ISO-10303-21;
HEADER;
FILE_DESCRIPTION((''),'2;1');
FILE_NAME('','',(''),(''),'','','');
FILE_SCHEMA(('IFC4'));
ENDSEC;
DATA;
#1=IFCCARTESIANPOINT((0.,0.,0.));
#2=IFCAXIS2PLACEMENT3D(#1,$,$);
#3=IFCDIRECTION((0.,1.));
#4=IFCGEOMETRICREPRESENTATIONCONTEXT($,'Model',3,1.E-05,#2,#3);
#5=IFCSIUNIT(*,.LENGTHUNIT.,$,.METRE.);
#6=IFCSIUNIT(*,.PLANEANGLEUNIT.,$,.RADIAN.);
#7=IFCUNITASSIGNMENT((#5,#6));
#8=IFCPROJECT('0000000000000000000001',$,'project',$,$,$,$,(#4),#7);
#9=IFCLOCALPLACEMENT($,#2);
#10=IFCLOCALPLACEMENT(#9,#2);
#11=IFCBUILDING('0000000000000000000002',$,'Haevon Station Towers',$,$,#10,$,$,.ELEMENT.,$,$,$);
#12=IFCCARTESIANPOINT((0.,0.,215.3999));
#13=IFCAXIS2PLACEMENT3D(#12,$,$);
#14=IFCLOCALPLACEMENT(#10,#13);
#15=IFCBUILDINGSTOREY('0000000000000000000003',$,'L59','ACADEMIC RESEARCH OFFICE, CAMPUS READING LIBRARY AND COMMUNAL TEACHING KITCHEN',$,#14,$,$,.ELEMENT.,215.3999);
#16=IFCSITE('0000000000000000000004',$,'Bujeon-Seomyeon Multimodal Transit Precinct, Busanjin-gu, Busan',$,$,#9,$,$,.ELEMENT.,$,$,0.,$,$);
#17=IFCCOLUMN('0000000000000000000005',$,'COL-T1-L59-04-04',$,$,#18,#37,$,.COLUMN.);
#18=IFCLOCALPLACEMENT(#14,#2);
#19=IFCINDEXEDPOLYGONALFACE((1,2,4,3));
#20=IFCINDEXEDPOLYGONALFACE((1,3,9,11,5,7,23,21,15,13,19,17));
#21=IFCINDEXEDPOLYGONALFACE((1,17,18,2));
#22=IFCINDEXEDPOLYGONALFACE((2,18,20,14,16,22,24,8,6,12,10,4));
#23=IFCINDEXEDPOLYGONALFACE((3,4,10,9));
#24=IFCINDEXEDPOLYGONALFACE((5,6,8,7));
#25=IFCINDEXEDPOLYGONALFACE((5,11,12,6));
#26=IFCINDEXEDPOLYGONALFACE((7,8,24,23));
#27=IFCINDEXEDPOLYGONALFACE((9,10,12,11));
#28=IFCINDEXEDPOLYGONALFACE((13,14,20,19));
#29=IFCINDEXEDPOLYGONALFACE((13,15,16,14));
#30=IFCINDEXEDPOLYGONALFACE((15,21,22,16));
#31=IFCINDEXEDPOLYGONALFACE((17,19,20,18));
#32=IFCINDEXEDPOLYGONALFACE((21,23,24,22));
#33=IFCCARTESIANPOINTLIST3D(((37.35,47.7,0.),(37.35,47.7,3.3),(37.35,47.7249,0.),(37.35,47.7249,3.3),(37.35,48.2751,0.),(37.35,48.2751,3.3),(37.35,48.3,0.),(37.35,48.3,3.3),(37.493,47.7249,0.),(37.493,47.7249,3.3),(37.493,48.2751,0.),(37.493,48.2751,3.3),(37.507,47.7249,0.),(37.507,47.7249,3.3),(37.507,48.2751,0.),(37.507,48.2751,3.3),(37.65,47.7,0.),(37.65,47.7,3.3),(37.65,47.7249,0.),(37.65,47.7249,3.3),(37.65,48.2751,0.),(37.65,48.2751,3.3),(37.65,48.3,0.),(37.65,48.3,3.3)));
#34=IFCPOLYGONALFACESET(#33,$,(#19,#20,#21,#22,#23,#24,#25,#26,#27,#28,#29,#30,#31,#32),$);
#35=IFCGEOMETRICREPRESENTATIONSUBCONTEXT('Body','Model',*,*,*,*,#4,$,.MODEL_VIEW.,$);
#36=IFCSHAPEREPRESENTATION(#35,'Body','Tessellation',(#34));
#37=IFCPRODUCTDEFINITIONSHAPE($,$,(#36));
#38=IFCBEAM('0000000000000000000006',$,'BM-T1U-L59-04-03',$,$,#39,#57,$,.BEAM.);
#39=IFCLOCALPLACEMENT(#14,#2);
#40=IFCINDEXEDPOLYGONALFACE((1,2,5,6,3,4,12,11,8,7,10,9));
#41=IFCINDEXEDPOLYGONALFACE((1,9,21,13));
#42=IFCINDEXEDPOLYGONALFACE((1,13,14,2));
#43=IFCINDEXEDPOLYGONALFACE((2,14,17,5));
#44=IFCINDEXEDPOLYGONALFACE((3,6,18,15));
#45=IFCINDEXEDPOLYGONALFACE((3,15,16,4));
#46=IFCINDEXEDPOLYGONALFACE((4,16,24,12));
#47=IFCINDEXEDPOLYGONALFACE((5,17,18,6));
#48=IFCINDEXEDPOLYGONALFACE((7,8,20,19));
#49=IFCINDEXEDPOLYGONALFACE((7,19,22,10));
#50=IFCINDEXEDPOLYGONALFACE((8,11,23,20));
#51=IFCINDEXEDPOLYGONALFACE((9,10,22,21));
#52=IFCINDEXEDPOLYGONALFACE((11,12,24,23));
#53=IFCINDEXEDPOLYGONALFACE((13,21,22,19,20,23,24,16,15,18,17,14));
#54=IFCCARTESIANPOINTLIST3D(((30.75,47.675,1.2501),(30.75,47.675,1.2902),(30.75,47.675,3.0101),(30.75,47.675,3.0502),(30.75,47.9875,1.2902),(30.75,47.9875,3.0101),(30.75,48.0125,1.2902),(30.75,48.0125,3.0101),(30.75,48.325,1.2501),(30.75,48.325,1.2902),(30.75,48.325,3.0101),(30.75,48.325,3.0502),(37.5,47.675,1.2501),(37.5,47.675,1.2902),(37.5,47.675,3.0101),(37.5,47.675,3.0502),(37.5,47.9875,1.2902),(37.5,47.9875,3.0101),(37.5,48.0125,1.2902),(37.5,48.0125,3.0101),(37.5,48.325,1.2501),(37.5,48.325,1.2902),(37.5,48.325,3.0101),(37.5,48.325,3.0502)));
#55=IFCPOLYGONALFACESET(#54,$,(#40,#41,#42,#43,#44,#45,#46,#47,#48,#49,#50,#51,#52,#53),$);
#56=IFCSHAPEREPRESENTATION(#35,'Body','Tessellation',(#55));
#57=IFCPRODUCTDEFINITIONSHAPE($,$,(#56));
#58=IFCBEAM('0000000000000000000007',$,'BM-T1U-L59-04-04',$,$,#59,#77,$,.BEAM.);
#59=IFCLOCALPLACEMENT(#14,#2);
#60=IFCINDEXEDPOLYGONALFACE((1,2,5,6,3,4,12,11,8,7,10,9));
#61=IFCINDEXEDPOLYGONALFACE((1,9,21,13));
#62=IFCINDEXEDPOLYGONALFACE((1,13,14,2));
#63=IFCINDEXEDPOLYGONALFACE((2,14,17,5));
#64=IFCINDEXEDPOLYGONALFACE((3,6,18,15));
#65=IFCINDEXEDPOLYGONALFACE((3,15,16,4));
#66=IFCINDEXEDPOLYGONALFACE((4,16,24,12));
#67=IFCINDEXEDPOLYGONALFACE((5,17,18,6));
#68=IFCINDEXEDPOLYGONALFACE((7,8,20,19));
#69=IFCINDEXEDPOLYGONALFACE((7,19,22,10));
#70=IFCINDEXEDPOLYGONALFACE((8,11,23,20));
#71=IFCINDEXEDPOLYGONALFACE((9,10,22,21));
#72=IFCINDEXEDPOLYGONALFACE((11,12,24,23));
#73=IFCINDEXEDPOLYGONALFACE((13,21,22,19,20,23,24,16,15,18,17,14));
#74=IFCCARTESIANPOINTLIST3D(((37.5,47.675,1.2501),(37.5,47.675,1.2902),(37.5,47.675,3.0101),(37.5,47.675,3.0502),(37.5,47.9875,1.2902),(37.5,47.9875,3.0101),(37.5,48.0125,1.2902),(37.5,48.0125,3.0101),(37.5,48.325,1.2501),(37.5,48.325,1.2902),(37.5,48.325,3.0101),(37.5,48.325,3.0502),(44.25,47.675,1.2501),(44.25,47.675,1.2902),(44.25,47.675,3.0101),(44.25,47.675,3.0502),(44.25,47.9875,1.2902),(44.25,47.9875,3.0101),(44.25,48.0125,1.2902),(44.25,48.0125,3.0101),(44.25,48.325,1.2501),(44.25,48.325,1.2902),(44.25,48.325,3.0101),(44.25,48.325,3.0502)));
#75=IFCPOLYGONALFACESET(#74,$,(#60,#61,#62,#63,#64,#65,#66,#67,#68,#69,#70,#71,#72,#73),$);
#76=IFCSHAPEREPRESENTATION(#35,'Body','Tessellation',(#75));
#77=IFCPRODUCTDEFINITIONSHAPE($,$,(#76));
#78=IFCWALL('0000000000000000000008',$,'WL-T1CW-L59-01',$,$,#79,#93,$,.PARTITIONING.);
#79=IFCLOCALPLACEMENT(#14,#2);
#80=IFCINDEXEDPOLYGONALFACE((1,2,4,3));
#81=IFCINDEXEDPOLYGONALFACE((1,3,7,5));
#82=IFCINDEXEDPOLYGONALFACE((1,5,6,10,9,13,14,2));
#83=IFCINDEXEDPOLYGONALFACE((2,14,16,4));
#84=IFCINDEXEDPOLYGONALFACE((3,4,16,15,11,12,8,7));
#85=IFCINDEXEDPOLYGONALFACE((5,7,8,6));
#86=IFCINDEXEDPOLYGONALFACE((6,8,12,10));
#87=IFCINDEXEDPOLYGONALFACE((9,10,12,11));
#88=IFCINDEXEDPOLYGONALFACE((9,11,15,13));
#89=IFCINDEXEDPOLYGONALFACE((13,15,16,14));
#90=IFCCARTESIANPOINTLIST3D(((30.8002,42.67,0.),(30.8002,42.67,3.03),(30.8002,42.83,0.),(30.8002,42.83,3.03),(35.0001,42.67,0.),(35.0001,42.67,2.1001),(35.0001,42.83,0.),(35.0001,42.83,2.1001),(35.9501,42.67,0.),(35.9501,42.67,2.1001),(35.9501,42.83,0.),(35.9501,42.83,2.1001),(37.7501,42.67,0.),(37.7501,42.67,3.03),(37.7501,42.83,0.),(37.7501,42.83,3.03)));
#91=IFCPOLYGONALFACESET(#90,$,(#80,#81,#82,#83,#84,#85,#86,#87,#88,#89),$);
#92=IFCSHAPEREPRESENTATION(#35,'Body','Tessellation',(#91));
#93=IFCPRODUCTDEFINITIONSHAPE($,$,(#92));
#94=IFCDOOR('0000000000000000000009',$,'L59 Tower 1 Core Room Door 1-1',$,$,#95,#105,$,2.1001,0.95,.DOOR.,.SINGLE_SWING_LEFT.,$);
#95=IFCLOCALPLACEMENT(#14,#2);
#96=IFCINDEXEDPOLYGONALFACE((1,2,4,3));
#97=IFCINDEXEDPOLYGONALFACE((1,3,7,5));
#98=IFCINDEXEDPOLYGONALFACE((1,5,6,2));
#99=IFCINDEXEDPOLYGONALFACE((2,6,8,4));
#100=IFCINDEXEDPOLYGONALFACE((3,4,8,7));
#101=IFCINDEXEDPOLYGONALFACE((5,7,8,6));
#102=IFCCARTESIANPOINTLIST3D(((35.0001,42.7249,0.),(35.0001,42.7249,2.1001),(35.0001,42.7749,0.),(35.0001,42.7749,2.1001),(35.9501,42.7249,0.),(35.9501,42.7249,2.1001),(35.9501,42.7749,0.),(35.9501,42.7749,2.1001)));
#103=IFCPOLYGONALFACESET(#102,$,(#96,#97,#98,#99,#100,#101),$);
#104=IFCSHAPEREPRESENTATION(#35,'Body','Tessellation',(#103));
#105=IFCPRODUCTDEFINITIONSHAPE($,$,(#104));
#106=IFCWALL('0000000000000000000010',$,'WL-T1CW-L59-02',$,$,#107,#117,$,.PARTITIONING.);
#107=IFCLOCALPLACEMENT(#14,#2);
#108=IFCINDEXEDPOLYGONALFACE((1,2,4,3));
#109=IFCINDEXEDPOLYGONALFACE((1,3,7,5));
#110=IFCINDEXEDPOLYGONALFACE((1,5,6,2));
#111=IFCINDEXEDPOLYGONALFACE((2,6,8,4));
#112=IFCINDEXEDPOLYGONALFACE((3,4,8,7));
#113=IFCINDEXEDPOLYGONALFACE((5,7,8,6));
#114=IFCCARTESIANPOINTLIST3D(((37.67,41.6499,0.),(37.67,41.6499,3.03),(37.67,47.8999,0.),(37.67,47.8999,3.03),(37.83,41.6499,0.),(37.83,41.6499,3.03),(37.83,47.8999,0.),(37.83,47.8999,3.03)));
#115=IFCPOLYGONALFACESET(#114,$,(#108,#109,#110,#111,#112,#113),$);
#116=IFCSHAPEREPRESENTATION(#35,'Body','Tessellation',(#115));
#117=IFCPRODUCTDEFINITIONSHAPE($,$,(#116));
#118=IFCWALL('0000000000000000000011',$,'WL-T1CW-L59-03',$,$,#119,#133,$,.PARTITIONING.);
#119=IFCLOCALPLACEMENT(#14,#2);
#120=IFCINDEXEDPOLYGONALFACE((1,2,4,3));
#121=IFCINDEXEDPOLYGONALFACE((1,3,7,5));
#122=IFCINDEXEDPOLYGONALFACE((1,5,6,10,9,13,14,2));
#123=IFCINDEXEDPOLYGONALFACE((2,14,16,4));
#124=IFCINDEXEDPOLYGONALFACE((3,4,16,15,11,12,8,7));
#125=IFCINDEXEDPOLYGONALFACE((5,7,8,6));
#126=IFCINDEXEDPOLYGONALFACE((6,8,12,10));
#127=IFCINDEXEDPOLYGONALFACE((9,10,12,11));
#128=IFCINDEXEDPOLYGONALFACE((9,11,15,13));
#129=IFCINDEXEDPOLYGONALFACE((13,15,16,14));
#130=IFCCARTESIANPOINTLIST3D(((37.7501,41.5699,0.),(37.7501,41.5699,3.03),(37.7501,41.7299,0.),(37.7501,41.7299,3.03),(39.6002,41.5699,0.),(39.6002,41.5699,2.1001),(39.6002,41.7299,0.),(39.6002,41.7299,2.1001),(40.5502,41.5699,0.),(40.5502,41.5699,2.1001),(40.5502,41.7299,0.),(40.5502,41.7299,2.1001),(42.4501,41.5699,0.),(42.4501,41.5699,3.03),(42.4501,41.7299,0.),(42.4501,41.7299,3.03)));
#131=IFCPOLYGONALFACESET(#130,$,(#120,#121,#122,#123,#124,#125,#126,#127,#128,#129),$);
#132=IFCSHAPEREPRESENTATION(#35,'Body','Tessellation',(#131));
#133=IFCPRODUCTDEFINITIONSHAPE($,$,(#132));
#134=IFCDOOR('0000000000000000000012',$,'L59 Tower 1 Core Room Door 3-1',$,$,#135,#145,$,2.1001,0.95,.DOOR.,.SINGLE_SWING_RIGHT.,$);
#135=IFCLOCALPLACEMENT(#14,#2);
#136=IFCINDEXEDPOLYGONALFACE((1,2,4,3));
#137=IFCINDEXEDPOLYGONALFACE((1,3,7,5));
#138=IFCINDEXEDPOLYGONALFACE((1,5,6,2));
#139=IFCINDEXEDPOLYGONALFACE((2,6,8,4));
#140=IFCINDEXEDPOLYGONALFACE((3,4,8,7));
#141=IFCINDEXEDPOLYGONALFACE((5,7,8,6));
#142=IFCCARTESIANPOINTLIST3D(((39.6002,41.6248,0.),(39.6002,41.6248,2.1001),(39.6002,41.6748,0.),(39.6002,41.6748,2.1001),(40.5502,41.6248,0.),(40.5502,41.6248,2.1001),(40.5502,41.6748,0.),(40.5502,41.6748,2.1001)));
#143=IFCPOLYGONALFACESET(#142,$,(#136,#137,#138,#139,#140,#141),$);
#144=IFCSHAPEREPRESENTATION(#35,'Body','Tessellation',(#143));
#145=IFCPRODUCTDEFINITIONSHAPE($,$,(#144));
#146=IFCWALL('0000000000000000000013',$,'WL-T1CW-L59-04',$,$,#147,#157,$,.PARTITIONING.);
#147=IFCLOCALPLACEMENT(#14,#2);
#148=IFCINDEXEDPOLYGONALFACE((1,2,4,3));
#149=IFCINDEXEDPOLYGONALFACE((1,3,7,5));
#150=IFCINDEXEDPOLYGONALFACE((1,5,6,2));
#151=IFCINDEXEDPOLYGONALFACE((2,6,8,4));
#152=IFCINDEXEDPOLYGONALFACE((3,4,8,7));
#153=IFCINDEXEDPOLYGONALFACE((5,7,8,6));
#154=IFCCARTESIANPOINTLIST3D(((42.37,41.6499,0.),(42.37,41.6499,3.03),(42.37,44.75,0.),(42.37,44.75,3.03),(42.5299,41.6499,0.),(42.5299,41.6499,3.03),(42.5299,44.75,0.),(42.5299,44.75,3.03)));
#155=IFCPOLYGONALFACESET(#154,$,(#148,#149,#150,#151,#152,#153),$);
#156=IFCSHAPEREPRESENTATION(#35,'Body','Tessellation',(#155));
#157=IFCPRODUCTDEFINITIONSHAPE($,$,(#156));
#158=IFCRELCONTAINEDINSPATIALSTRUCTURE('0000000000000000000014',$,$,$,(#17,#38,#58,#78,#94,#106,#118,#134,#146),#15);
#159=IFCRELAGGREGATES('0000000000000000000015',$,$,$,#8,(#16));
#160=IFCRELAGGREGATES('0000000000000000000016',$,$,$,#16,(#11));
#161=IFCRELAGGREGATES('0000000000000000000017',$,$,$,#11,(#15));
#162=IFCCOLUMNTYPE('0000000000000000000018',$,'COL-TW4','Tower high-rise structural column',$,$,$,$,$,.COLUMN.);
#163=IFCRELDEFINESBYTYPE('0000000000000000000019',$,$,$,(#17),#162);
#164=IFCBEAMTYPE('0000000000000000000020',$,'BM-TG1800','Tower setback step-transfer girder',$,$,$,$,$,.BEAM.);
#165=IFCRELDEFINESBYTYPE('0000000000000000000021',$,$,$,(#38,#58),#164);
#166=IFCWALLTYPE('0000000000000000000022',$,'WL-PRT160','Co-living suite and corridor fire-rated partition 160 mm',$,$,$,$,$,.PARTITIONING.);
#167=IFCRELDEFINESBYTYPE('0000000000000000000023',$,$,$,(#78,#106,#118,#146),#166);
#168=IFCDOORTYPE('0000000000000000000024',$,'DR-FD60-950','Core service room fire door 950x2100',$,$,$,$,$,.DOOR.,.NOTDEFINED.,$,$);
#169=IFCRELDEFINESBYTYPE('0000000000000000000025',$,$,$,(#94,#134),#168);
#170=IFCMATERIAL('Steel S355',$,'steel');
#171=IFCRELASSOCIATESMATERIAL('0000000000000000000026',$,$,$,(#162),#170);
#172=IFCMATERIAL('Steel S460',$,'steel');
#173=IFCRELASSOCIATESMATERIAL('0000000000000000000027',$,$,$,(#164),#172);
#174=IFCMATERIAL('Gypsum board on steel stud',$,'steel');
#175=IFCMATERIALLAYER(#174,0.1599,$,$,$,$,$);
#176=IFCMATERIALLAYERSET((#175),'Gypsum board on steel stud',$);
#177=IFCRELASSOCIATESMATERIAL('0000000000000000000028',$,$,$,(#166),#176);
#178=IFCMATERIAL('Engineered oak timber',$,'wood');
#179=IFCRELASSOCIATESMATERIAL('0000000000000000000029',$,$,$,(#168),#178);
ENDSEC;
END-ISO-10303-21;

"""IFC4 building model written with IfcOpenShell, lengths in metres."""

from ifc_helpers import new_model, si_unit, direction, frame, frame_2d, origin, origin_2d, place, context, subcontext, project, spatial, rectangle, i_section, extrude, material, layer, layer_set, material_profile, profile_set, type_object, element, fill, save


model = new_model("IFC4")

# Units and contexts
model_context = context("Model", 3, precision=1e-05, world=origin(), true_north=direction((0.0, 1.0)))
body_context = subcontext(model_context, "Body", "Model", "MODEL_VIEW")
ifc_project = project(units=[si_unit("LENGTHUNIT", "METRE"), si_unit("PLANEANGLEUNIT", "RADIAN")], contexts=[model_context])

# Site, building, storey
site_placement = place(None, origin())
site = spatial("IfcSite", under=ifc_project, at=site_placement, Name="Bujeon-Seomyeon Multimodal Transit Precinct, Busanjin-gu, Busan", CompositionType="ELEMENT", RefElevation=0.0)
building_placement = place(site_placement, origin())
building = spatial("IfcBuilding", under=site, at=building_placement, Name="Haevon Station Towers", CompositionType="ELEMENT")
storey_placement = place(building_placement, frame((0.0, 0.0, 215.3999)))
storey = spatial("IfcBuildingStorey", under=building, at=storey_placement, Name="L59", Description="ACADEMIC RESEARCH OFFICE, CAMPUS READING LIBRARY AND COMMUNAL TEACHING KITCHEN", CompositionType="ELEMENT", Elevation=215.3999)

# Column
ifc_material_1 = material(Name="Steel S355", Category="steel")
ifc_material_profile_1 = material_profile(ifc_material_1, i_section(OverallWidth=0.3, OverallDepth=0.6001, WebThickness=0.0139, FlangeThickness=0.0249, at=origin_2d()), Name="H-600x300x14x25")
ifc_profile_set_1 = profile_set([ifc_material_profile_1], Name="Steel S355")
column_type = type_object("IfcColumnType", Name="COL-TW4", Description="Tower high-rise structural column", PredefinedType="COLUMN", material=ifc_profile_set_1)
column_placement = place(storey_placement, frame((37.5, 48.0, 0.0), z_axis=(0.0, 0.0, 1.0), x_axis=(1.0, 0.0, 0.0)))
element("IfcColumn", 1, at=column_placement, inside=storey, type_object=column_type, Name="COL-T1-L59-04-04", PredefinedType="COLUMN", context=body_context, shape_type="SweptSolid", body=[
    extrude(i_section(OverallWidth=0.3, OverallDepth=0.6001, WebThickness=0.0139, FlangeThickness=0.0249, at=origin_2d()), origin(), (0.0, 0.0, 1.0), 3.3),
])

# Beams
ifc_material_2 = material(Name="Steel S460", Category="steel")
ifc_material_profile_2 = material_profile(ifc_material_2, i_section(OverallWidth=0.6499, OverallDepth=1.8, WebThickness=0.0249, FlangeThickness=0.04, at=origin_2d()), Name="H-1800x650x25x40")
ifc_profile_set_2 = profile_set([ifc_material_profile_2], Name="Steel S460")
beam_type = type_object("IfcBeamType", Name="BM-TG1800", Description="Tower setback step-transfer girder", PredefinedType="BEAM", material=ifc_profile_set_2)
for number, where, z_axis, x_axis, name in (
    (2, (30.75, 48.0, 2.1501), (1.0, 0.0, 0.0), (0.0, 1.0, 0.0), "BM-T1U-L59-04-03"),
    (3, (37.5, 48.0, 2.1501), (1.0, 0.0, 0.0), (0.0, 1.0, 0.0), "BM-T1U-L59-04-04"),
):
    element("IfcBeam", number, at=place(storey_placement, frame(where, z_axis=z_axis, x_axis=x_axis)), inside=storey, type_object=beam_type, Name=name, PredefinedType="BEAM", context=body_context, shape_type="SweptSolid", body=[
        extrude(i_section(OverallWidth=0.6499, OverallDepth=1.8, WebThickness=0.0249, FlangeThickness=0.04, at=origin_2d()), origin(), (0.0, 0.0, 1.0), 6.75),
    ])

# Wall, opening, door
ifc_material_3 = material(Name="Gypsum board on steel stud", Category="steel")
ifc_layer_1 = layer(ifc_material_3, 0.1599)
ifc_layer_set_1 = layer_set([ifc_layer_1], Name="Gypsum board on steel stud")
wall_type_1 = type_object("IfcWallType", Name="WL-PRT160", Description="Co-living suite and corridor fire-rated partition 160 mm", PredefinedType="PARTITIONING", material=ifc_layer_set_1)
wall_1_placement = place(storey_placement, frame((30.8, 42.75, 0.0), z_axis=(0.0, 0.0, 1.0), x_axis=(1.0, 0.0, 0.0)))
wall_1 = element("IfcWall", 4, at=wall_1_placement, inside=storey, type_object=wall_type_1, Name="WL-T1CW-L59-01", PredefinedType="PARTITIONING", context=body_context, shape_type="SweptSolid", body=[
    extrude(rectangle(XDim=6.95, YDim=0.1599, at=frame_2d((3.4751, 0.0))), origin(), (0.0, 0.0, 1.0), 3.03),
])
opening_1_placement = place(wall_1_placement, frame((4.2, 0.0, 0.0)))
opening_1 = element("IfcOpeningElement", 5, at=opening_1_placement, cuts=wall_1, PredefinedType="OPENING", context=body_context, shape_type="SweptSolid", body=[
    extrude(rectangle(XDim=0.95, YDim=2.1001, at=frame_2d((0.4751, 1.05))), frame((0.0, 0.0898, 0.0), z_axis=(0.0, -1.0, 0.0), x_axis=(1.0, 0.0, 0.0)), (0.0, 0.0, 1.0), 0.1799),
])
ifc_material_4 = material(Name="Engineered oak timber", Category="wood")
door_type_1 = type_object("IfcDoorType", Name="DR-FD60-950", Description="Core service room fire door 950x2100", OperationType="NOTDEFINED", PredefinedType="DOOR", material=ifc_material_4)
door_1_placement = place(opening_1_placement, origin())
door_1 = element("IfcDoor", 6, at=door_1_placement, inside=storey, type_object=door_type_1, Name="L59 Tower 1 Core Room Door 1-1", OperationType="SINGLE_SWING_LEFT", OverallHeight=2.1001, OverallWidth=0.95, PredefinedType="DOOR", context=body_context, shape_type="SweptSolid", body=[
    extrude(rectangle(XDim=0.95, YDim=2.1001, at=frame_2d((0.4751, 1.05))), frame((0.0, 0.0249, 0.0), z_axis=(0.0, -1.0, 0.0), x_axis=(1.0, 0.0, 0.0)), (0.0, 0.0, 1.0), 0.05),
])
fill(opening_1, door_1)

# Wall
wall_2_placement = place(storey_placement, frame((37.75, 41.6499, 0.0), z_axis=(0.0, 0.0, 1.0), x_axis=(0.0, 1.0, 0.0)))
element("IfcWall", 7, at=wall_2_placement, inside=storey, type_object=wall_type_1, Name="WL-T1CW-L59-02", PredefinedType="PARTITIONING", context=body_context, shape_type="SweptSolid", body=[
    extrude(rectangle(XDim=6.25, YDim=0.1599, at=frame_2d((3.125, 0.0))), origin(), (0.0, 0.0, 1.0), 3.03),
])

# Wall, opening, door
wall_3_placement = place(storey_placement, frame((37.75, 41.6499, 0.0), z_axis=(0.0, 0.0, 1.0), x_axis=(1.0, 0.0, 0.0)))
wall_3 = element("IfcWall", 8, at=wall_3_placement, inside=storey, type_object=wall_type_1, Name="WL-T1CW-L59-03", PredefinedType="PARTITIONING", context=body_context, shape_type="SweptSolid", body=[
    extrude(rectangle(XDim=4.7, YDim=0.1599, at=frame_2d((2.3501, 0.0))), origin(), (0.0, 0.0, 1.0), 3.03),
])
opening_2_placement = place(wall_3_placement, frame((1.8501, 0.0, 0.0)))
opening_2 = element("IfcOpeningElement", 9, at=opening_2_placement, cuts=wall_3, PredefinedType="OPENING", context=body_context, shape_type="SweptSolid", body=[
    extrude(rectangle(XDim=0.95, YDim=2.1001, at=frame_2d((0.4751, 1.05))), frame((0.0, 0.0898, 0.0), z_axis=(0.0, -1.0, 0.0), x_axis=(1.0, 0.0, 0.0)), (0.0, 0.0, 1.0), 0.1799),
])
door_2_placement = place(opening_2_placement, origin())
door_2 = element("IfcDoor", 10, at=door_2_placement, inside=storey, type_object=door_type_1, Name="L59 Tower 1 Core Room Door 3-1", OperationType="SINGLE_SWING_RIGHT", OverallHeight=2.1001, OverallWidth=0.95, PredefinedType="DOOR", context=body_context, shape_type="SweptSolid", body=[
    extrude(rectangle(XDim=0.95, YDim=2.1001, at=frame_2d((0.4751, 1.05))), frame((0.0, 0.0249, 0.0), z_axis=(0.0, -1.0, 0.0), x_axis=(1.0, 0.0, 0.0)), (0.0, 0.0, 1.0), 0.05),
])
fill(opening_2, door_2)

# Wall
wall_4_placement = place(storey_placement, frame((42.45, 41.6499, 0.0), z_axis=(0.0, 0.0, 1.0), x_axis=(0.0, 1.0, 0.0)))
element("IfcWall", 11, at=wall_4_placement, inside=storey, type_object=wall_type_1, Name="WL-T1CW-L59-04", PredefinedType="PARTITIONING", context=body_context, shape_type="SweptSolid", body=[
    extrude(rectangle(XDim=3.1001, YDim=0.1599, at=frame_2d((1.55, 0.0))), origin(), (0.0, 0.0, 1.0), 3.03),
])

save(model, "model.ifc")
